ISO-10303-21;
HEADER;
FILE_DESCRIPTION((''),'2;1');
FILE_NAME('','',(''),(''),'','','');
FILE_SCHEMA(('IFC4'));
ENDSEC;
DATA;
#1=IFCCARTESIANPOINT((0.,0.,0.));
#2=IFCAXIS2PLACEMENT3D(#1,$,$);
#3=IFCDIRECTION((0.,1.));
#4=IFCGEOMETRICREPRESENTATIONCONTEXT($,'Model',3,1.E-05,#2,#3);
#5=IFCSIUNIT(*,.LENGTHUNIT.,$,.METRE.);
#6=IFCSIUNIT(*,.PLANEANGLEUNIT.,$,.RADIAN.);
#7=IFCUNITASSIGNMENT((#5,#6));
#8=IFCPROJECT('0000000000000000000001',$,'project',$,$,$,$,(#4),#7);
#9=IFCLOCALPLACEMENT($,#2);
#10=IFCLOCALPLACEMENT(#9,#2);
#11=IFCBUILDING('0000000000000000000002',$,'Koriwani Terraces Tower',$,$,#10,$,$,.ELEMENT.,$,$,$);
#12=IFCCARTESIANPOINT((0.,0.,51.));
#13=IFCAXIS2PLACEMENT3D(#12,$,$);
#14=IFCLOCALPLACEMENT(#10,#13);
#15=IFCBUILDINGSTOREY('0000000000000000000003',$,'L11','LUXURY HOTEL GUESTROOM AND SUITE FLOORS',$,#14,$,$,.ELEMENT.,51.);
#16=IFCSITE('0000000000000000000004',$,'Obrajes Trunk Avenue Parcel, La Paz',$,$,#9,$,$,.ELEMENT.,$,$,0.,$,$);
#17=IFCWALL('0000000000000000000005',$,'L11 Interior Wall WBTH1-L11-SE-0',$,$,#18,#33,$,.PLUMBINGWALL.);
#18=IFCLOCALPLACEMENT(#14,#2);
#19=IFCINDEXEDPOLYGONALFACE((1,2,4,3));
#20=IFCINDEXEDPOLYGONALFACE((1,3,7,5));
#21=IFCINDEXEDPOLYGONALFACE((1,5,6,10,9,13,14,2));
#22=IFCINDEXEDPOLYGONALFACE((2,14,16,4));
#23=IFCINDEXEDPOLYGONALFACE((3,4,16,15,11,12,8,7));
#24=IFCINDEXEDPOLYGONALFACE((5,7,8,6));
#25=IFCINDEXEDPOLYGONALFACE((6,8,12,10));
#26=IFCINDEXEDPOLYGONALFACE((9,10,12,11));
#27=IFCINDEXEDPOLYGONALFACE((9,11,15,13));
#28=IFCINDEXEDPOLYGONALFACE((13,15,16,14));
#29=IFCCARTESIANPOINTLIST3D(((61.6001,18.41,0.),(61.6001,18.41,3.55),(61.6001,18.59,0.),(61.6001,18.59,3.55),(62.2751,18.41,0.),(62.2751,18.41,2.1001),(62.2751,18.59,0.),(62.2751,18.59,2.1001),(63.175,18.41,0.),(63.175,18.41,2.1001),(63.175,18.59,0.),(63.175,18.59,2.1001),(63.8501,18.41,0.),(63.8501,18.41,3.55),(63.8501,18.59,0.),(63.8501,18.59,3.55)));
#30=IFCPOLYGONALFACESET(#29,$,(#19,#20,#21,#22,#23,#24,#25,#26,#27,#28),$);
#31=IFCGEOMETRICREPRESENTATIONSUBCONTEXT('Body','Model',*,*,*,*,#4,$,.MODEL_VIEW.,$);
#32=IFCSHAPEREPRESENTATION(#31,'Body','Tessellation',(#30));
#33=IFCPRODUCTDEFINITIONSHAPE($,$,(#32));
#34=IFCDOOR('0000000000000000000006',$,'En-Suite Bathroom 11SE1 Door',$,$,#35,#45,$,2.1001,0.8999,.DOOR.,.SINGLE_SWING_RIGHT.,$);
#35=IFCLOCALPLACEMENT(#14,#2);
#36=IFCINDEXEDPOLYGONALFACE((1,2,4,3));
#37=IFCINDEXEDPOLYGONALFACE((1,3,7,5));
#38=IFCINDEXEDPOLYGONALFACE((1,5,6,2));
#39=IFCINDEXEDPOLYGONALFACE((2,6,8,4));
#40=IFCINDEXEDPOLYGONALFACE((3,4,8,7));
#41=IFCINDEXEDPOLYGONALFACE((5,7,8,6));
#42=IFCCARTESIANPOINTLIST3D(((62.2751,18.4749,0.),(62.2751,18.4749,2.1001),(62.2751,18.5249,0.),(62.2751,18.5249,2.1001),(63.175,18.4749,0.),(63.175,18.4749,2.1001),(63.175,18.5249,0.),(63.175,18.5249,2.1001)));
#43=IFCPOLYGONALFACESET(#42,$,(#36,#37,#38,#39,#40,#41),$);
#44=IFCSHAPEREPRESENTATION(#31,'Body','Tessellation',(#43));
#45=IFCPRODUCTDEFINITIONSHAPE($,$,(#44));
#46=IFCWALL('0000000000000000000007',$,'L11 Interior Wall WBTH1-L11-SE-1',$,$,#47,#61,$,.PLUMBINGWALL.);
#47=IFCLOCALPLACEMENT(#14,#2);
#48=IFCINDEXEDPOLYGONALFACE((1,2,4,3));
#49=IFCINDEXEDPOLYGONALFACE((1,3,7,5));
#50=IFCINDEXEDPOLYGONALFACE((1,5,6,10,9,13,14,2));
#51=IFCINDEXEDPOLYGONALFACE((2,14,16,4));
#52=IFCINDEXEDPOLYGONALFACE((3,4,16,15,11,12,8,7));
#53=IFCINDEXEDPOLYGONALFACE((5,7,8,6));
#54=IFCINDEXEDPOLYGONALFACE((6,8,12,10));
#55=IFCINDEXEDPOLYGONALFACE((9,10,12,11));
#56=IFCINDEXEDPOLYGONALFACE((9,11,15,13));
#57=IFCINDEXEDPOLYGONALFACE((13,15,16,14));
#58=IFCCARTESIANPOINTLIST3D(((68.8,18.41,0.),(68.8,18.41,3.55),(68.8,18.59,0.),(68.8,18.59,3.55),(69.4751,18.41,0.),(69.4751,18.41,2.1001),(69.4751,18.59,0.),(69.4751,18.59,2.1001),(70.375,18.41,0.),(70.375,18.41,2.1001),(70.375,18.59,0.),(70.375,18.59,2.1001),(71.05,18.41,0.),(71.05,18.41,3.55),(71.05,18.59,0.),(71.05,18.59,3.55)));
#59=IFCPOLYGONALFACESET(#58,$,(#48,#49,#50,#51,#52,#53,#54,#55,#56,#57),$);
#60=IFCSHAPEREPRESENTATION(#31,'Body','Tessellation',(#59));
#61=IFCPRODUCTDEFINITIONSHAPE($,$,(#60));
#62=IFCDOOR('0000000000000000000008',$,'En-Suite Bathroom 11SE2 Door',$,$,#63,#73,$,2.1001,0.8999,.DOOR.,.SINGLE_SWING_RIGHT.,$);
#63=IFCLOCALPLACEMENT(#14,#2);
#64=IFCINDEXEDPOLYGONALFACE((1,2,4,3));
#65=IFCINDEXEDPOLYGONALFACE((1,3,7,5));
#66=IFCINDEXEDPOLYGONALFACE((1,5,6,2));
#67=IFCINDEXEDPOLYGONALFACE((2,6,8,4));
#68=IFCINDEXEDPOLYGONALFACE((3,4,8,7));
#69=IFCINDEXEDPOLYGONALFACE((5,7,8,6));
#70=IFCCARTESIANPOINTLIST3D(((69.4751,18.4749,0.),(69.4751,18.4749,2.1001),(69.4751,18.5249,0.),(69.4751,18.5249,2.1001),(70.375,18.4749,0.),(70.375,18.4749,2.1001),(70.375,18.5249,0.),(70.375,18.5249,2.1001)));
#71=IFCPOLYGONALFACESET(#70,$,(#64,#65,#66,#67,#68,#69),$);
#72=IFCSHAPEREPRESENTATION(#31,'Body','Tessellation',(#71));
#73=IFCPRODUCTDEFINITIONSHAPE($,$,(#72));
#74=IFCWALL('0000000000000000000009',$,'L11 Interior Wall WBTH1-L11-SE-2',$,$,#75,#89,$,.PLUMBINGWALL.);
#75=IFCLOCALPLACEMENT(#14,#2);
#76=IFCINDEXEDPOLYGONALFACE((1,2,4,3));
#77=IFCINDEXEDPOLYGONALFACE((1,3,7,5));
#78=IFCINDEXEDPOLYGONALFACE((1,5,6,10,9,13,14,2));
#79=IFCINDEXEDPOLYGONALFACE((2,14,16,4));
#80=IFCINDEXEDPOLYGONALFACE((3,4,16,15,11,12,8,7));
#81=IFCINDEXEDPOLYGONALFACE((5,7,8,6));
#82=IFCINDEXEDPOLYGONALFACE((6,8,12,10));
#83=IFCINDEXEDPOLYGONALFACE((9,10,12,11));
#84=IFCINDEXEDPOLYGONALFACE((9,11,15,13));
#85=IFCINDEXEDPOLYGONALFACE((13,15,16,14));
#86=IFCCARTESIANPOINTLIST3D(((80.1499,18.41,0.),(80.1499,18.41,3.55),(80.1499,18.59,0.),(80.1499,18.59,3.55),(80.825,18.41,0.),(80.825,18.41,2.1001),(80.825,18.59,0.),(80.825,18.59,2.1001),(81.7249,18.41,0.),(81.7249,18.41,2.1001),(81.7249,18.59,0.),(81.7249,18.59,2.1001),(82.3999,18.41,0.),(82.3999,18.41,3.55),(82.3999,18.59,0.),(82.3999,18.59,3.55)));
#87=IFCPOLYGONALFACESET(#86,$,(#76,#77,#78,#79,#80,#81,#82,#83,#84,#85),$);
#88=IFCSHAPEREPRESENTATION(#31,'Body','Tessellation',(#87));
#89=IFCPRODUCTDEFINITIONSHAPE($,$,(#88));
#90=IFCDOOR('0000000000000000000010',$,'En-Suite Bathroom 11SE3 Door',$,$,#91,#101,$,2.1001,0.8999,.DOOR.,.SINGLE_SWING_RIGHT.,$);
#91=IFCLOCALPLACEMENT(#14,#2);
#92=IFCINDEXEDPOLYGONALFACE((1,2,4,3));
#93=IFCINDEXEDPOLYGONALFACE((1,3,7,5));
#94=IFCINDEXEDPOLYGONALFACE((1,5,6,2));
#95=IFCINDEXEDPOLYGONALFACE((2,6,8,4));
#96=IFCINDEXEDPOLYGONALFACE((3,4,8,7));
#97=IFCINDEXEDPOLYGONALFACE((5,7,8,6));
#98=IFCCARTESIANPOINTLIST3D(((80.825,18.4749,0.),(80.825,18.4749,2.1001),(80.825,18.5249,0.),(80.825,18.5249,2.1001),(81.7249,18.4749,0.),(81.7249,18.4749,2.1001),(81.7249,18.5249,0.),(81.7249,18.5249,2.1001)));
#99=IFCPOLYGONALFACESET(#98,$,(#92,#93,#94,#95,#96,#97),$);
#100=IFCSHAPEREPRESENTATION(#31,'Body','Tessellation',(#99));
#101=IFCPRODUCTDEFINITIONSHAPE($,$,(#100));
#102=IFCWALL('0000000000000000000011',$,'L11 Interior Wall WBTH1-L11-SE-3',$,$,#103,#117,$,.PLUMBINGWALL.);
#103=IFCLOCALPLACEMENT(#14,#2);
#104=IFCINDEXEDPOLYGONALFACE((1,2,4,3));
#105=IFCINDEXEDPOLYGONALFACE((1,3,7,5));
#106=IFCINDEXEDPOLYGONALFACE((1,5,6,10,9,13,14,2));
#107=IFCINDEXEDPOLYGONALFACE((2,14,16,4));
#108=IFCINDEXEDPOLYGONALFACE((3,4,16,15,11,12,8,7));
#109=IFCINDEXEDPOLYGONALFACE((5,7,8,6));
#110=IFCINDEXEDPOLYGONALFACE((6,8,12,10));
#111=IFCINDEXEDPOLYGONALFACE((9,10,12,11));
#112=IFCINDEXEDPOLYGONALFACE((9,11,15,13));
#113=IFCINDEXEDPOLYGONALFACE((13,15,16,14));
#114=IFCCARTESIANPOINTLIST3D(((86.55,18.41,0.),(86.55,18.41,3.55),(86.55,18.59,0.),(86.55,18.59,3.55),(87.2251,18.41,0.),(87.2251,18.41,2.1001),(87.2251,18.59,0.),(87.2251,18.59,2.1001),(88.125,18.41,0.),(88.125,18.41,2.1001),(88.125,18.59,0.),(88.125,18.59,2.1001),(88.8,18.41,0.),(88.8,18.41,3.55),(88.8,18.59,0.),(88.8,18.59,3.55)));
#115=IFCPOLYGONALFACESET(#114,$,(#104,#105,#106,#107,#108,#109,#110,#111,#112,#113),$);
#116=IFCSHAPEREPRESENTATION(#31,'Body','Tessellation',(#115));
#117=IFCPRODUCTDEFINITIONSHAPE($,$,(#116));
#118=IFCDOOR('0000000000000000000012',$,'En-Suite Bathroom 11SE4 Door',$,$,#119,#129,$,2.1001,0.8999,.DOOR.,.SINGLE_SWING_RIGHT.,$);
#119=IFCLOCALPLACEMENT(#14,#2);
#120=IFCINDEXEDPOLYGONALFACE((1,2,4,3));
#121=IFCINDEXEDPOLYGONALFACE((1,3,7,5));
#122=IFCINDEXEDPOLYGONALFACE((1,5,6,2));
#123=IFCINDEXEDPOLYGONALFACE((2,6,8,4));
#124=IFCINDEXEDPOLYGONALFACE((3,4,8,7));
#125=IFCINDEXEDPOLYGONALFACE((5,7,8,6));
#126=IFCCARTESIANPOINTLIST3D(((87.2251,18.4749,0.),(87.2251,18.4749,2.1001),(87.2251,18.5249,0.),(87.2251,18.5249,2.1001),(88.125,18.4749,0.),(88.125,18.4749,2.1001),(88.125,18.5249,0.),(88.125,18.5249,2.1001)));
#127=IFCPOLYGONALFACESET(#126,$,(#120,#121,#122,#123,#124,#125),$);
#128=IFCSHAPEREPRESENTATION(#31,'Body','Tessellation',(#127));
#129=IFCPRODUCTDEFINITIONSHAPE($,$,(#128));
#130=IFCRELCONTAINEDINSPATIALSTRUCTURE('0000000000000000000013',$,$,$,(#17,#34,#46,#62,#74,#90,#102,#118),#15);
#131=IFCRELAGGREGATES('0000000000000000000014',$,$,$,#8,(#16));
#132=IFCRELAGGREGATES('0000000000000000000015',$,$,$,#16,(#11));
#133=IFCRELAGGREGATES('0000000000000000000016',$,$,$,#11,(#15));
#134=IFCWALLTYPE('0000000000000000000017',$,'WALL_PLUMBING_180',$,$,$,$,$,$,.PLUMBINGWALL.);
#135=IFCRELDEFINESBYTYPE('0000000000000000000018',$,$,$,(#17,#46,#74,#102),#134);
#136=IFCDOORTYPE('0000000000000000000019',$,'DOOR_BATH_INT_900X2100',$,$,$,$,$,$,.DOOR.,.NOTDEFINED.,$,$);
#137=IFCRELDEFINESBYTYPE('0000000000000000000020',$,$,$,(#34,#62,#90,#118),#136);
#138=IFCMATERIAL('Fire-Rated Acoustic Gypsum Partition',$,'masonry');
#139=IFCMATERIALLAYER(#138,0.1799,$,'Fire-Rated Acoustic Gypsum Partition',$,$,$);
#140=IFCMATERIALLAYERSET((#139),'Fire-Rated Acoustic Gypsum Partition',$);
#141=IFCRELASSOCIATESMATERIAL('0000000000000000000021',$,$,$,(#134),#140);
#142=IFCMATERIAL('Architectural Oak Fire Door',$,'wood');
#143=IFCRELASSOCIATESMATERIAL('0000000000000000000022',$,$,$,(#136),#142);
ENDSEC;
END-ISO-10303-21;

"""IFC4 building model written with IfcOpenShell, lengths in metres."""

from ifc_helpers import new_model, si_unit, direction, frame, frame_2d, origin, place, context, subcontext, project, spatial, rectangle, extrude, material, layer, layer_set, type_object, element, fill, save


model = new_model("IFC4")

# Units and contexts
model_context = context("Model", 3, precision=1e-05, world=origin(), true_north=direction((0.0, 1.0)))
body_context = subcontext(model_context, "Body", "Model", "MODEL_VIEW")
ifc_project = project(units=[si_unit("LENGTHUNIT", "METRE"), si_unit("PLANEANGLEUNIT", "RADIAN")], contexts=[model_context])

# Site, building, storey
site_placement = place(None, origin())
site = spatial("IfcSite", under=ifc_project, at=site_placement, Name="Obrajes Trunk Avenue Parcel, La Paz", CompositionType="ELEMENT", RefElevation=0.0)
building_placement = place(site_placement, origin())
building = spatial("IfcBuilding", under=site, at=building_placement, Name="Koriwani Terraces Tower", CompositionType="ELEMENT")
storey_placement = place(building_placement, frame((0.0, 0.0, 51.0)))
storey = spatial("IfcBuildingStorey", under=building, at=storey_placement, Name="L11", Description="LUXURY HOTEL GUESTROOM AND SUITE FLOORS", CompositionType="ELEMENT", Elevation=51.0)

# Walls, openings, doors
ifc_material_1 = material(Name="Fire-Rated Acoustic Gypsum Partition", Category="masonry")
ifc_layer_1 = layer(ifc_material_1, 0.1799, Name="Fire-Rated Acoustic Gypsum Partition")
ifc_layer_set_1 = layer_set([ifc_layer_1], Name="Fire-Rated Acoustic Gypsum Partition")
wall_type_1 = type_object("IfcWallType", Name="WALL_PLUMBING_180", PredefinedType="PLUMBINGWALL", material=ifc_layer_set_1)
wall_1_placement = place(storey_placement, frame((61.6001, 18.5, 0.0), z_axis=(0.0, 0.0, 1.0), x_axis=(1.0, 0.0, 0.0)))
wall_1 = element("IfcWall", 1, at=wall_1_placement, inside=storey, type_object=wall_type_1, Name="L11 Interior Wall WBTH1-L11-SE-0", PredefinedType="PLUMBINGWALL", context=body_context, shape_type="SweptSolid", body=[
    extrude(rectangle(XDim=2.25, YDim=0.1799, at=frame_2d((1.125, 0.0))), origin(), (0.0, 0.0, 1.0), 3.55),
])
opening_1_placement = place(wall_1_placement, frame((0.675, 0.0, 0.0)))
opening_1 = element("IfcOpeningElement", 2, at=opening_1_placement, cuts=wall_1, PredefinedType="OPENING", context=body_context, shape_type="SweptSolid", body=[
    extrude(rectangle(XDim=0.8999, YDim=2.1001, at=frame_2d((0.45, 1.05))), frame((0.0, 0.1001, 0.0), z_axis=(0.0, -1.0, 0.0), x_axis=(1.0, 0.0, 0.0)), (0.0, 0.0, 1.0), 0.2),
])
ifc_material_2 = material(Name="Architectural Oak Fire Door", Category="wood")
door_type = type_object("IfcDoorType", Name="DOOR_BATH_INT_900X2100", OperationType="NOTDEFINED", PredefinedType="DOOR", material=ifc_material_2)
door_1_placement = place(opening_1_placement, origin())
door_1 = element("IfcDoor", 3, at=door_1_placement, inside=storey, type_object=door_type, Name="En-Suite Bathroom 11SE1 Door", OperationType="SINGLE_SWING_RIGHT", OverallHeight=2.1001, OverallWidth=0.8999, PredefinedType="DOOR", context=body_context, shape_type="SweptSolid", body=[
    extrude(rectangle(XDim=0.8999, YDim=2.1001, at=frame_2d((0.45, 1.05))), frame((0.0, 0.0249, 0.0), z_axis=(0.0, -1.0, 0.0), x_axis=(1.0, 0.0, 0.0)), (0.0, 0.0, 1.0), 0.05),
])
fill(opening_1, door_1)
wall_2_placement = place(storey_placement, frame((68.8, 18.5, 0.0), z_axis=(0.0, 0.0, 1.0), x_axis=(1.0, 0.0, 0.0)))
wall_2 = element("IfcWall", 4, at=wall_2_placement, inside=storey, type_object=wall_type_1, Name="L11 Interior Wall WBTH1-L11-SE-1", PredefinedType="PLUMBINGWALL", context=body_context, shape_type="SweptSolid", body=[
    extrude(rectangle(XDim=2.25, YDim=0.1799, at=frame_2d((1.125, 0.0))), origin(), (0.0, 0.0, 1.0), 3.55),
])
opening_2_placement = place(wall_2_placement, frame((0.675, 0.0, 0.0)))
opening_2 = element("IfcOpeningElement", 5, at=opening_2_placement, cuts=wall_2, PredefinedType="OPENING", context=body_context, shape_type="SweptSolid", body=[
    extrude(rectangle(XDim=0.8999, YDim=2.1001, at=frame_2d((0.45, 1.05))), frame((0.0, 0.1001, 0.0), z_axis=(0.0, -1.0, 0.0), x_axis=(1.0, 0.0, 0.0)), (0.0, 0.0, 1.0), 0.2),
])
door_2_placement = place(opening_2_placement, origin())
door_2 = element("IfcDoor", 6, at=door_2_placement, inside=storey, type_object=door_type, Name="En-Suite Bathroom 11SE2 Door", OperationType="SINGLE_SWING_RIGHT", OverallHeight=2.1001, OverallWidth=0.8999, PredefinedType="DOOR", context=body_context, shape_type="SweptSolid", body=[
    extrude(rectangle(XDim=0.8999, YDim=2.1001, at=frame_2d((0.45, 1.05))), frame((0.0, 0.0249, 0.0), z_axis=(0.0, -1.0, 0.0), x_axis=(1.0, 0.0, 0.0)), (0.0, 0.0, 1.0), 0.05),
])
fill(opening_2, door_2)
wall_3_placement = place(storey_placement, frame((80.1499, 18.5, 0.0), z_axis=(0.0, 0.0, 1.0), x_axis=(1.0, 0.0, 0.0)))
wall_3 = element("IfcWall", 7, at=wall_3_placement, inside=storey, type_object=wall_type_1, Name="L11 Interior Wall WBTH1-L11-SE-2", PredefinedType="PLUMBINGWALL", context=body_context, shape_type="SweptSolid", body=[
    extrude(rectangle(XDim=2.25, YDim=0.1799, at=frame_2d((1.125, 0.0))), origin(), (0.0, 0.0, 1.0), 3.55),
])
opening_3_placement = place(wall_3_placement, frame((0.675, 0.0, 0.0)))
opening_3 = element("IfcOpeningElement", 8, at=opening_3_placement, cuts=wall_3, PredefinedType="OPENING", context=body_context, shape_type="SweptSolid", body=[
    extrude(rectangle(XDim=0.8999, YDim=2.1001, at=frame_2d((0.45, 1.05))), frame((0.0, 0.1001, 0.0), z_axis=(0.0, -1.0, 0.0), x_axis=(1.0, 0.0, 0.0)), (0.0, 0.0, 1.0), 0.2),
])
door_3_placement = place(opening_3_placement, origin())
door_3 = element("IfcDoor", 9, at=door_3_placement, inside=storey, type_object=door_type, Name="En-Suite Bathroom 11SE3 Door", OperationType="SINGLE_SWING_RIGHT", OverallHeight=2.1001, OverallWidth=0.8999, PredefinedType="DOOR", context=body_context, shape_type="SweptSolid", body=[
    extrude(rectangle(XDim=0.8999, YDim=2.1001, at=frame_2d((0.45, 1.05))), frame((0.0, 0.0249, 0.0), z_axis=(0.0, -1.0, 0.0), x_axis=(1.0, 0.0, 0.0)), (0.0, 0.0, 1.0), 0.05),
])
fill(opening_3, door_3)
wall_4_placement = place(storey_placement, frame((86.55, 18.5, 0.0), z_axis=(0.0, 0.0, 1.0), x_axis=(1.0, 0.0, 0.0)))
wall_4 = element("IfcWall", 10, at=wall_4_placement, inside=storey, type_object=wall_type_1, Name="L11 Interior Wall WBTH1-L11-SE-3", PredefinedType="PLUMBINGWALL", context=body_context, shape_type="SweptSolid", body=[
    extrude(rectangle(XDim=2.25, YDim=0.1799, at=frame_2d((1.125, 0.0))), origin(), (0.0, 0.0, 1.0), 3.55),
])
opening_4_placement = place(wall_4_placement, frame((0.675, 0.0, 0.0)))
opening_4 = element("IfcOpeningElement", 11, at=opening_4_placement, cuts=wall_4, PredefinedType="OPENING", context=body_context, shape_type="SweptSolid", body=[
    extrude(rectangle(XDim=0.8999, YDim=2.1001, at=frame_2d((0.45, 1.05))), frame((0.0, 0.1001, 0.0), z_axis=(0.0, -1.0, 0.0), x_axis=(1.0, 0.0, 0.0)), (0.0, 0.0, 1.0), 0.2),
])
door_4_placement = place(opening_4_placement, origin())
door_4 = element("IfcDoor", 12, at=door_4_placement, inside=storey, type_object=door_type, Name="En-Suite Bathroom 11SE4 Door", OperationType="SINGLE_SWING_RIGHT", OverallHeight=2.1001, OverallWidth=0.8999, PredefinedType="DOOR", context=body_context, shape_type="SweptSolid", body=[
    extrude(rectangle(XDim=0.8999, YDim=2.1001, at=frame_2d((0.45, 1.05))), frame((0.0, 0.0249, 0.0), z_axis=(0.0, -1.0, 0.0), x_axis=(1.0, 0.0, 0.0)), (0.0, 0.0, 1.0), 0.05),
])
fill(opening_4, door_4)

save(model, "model.ifc")
